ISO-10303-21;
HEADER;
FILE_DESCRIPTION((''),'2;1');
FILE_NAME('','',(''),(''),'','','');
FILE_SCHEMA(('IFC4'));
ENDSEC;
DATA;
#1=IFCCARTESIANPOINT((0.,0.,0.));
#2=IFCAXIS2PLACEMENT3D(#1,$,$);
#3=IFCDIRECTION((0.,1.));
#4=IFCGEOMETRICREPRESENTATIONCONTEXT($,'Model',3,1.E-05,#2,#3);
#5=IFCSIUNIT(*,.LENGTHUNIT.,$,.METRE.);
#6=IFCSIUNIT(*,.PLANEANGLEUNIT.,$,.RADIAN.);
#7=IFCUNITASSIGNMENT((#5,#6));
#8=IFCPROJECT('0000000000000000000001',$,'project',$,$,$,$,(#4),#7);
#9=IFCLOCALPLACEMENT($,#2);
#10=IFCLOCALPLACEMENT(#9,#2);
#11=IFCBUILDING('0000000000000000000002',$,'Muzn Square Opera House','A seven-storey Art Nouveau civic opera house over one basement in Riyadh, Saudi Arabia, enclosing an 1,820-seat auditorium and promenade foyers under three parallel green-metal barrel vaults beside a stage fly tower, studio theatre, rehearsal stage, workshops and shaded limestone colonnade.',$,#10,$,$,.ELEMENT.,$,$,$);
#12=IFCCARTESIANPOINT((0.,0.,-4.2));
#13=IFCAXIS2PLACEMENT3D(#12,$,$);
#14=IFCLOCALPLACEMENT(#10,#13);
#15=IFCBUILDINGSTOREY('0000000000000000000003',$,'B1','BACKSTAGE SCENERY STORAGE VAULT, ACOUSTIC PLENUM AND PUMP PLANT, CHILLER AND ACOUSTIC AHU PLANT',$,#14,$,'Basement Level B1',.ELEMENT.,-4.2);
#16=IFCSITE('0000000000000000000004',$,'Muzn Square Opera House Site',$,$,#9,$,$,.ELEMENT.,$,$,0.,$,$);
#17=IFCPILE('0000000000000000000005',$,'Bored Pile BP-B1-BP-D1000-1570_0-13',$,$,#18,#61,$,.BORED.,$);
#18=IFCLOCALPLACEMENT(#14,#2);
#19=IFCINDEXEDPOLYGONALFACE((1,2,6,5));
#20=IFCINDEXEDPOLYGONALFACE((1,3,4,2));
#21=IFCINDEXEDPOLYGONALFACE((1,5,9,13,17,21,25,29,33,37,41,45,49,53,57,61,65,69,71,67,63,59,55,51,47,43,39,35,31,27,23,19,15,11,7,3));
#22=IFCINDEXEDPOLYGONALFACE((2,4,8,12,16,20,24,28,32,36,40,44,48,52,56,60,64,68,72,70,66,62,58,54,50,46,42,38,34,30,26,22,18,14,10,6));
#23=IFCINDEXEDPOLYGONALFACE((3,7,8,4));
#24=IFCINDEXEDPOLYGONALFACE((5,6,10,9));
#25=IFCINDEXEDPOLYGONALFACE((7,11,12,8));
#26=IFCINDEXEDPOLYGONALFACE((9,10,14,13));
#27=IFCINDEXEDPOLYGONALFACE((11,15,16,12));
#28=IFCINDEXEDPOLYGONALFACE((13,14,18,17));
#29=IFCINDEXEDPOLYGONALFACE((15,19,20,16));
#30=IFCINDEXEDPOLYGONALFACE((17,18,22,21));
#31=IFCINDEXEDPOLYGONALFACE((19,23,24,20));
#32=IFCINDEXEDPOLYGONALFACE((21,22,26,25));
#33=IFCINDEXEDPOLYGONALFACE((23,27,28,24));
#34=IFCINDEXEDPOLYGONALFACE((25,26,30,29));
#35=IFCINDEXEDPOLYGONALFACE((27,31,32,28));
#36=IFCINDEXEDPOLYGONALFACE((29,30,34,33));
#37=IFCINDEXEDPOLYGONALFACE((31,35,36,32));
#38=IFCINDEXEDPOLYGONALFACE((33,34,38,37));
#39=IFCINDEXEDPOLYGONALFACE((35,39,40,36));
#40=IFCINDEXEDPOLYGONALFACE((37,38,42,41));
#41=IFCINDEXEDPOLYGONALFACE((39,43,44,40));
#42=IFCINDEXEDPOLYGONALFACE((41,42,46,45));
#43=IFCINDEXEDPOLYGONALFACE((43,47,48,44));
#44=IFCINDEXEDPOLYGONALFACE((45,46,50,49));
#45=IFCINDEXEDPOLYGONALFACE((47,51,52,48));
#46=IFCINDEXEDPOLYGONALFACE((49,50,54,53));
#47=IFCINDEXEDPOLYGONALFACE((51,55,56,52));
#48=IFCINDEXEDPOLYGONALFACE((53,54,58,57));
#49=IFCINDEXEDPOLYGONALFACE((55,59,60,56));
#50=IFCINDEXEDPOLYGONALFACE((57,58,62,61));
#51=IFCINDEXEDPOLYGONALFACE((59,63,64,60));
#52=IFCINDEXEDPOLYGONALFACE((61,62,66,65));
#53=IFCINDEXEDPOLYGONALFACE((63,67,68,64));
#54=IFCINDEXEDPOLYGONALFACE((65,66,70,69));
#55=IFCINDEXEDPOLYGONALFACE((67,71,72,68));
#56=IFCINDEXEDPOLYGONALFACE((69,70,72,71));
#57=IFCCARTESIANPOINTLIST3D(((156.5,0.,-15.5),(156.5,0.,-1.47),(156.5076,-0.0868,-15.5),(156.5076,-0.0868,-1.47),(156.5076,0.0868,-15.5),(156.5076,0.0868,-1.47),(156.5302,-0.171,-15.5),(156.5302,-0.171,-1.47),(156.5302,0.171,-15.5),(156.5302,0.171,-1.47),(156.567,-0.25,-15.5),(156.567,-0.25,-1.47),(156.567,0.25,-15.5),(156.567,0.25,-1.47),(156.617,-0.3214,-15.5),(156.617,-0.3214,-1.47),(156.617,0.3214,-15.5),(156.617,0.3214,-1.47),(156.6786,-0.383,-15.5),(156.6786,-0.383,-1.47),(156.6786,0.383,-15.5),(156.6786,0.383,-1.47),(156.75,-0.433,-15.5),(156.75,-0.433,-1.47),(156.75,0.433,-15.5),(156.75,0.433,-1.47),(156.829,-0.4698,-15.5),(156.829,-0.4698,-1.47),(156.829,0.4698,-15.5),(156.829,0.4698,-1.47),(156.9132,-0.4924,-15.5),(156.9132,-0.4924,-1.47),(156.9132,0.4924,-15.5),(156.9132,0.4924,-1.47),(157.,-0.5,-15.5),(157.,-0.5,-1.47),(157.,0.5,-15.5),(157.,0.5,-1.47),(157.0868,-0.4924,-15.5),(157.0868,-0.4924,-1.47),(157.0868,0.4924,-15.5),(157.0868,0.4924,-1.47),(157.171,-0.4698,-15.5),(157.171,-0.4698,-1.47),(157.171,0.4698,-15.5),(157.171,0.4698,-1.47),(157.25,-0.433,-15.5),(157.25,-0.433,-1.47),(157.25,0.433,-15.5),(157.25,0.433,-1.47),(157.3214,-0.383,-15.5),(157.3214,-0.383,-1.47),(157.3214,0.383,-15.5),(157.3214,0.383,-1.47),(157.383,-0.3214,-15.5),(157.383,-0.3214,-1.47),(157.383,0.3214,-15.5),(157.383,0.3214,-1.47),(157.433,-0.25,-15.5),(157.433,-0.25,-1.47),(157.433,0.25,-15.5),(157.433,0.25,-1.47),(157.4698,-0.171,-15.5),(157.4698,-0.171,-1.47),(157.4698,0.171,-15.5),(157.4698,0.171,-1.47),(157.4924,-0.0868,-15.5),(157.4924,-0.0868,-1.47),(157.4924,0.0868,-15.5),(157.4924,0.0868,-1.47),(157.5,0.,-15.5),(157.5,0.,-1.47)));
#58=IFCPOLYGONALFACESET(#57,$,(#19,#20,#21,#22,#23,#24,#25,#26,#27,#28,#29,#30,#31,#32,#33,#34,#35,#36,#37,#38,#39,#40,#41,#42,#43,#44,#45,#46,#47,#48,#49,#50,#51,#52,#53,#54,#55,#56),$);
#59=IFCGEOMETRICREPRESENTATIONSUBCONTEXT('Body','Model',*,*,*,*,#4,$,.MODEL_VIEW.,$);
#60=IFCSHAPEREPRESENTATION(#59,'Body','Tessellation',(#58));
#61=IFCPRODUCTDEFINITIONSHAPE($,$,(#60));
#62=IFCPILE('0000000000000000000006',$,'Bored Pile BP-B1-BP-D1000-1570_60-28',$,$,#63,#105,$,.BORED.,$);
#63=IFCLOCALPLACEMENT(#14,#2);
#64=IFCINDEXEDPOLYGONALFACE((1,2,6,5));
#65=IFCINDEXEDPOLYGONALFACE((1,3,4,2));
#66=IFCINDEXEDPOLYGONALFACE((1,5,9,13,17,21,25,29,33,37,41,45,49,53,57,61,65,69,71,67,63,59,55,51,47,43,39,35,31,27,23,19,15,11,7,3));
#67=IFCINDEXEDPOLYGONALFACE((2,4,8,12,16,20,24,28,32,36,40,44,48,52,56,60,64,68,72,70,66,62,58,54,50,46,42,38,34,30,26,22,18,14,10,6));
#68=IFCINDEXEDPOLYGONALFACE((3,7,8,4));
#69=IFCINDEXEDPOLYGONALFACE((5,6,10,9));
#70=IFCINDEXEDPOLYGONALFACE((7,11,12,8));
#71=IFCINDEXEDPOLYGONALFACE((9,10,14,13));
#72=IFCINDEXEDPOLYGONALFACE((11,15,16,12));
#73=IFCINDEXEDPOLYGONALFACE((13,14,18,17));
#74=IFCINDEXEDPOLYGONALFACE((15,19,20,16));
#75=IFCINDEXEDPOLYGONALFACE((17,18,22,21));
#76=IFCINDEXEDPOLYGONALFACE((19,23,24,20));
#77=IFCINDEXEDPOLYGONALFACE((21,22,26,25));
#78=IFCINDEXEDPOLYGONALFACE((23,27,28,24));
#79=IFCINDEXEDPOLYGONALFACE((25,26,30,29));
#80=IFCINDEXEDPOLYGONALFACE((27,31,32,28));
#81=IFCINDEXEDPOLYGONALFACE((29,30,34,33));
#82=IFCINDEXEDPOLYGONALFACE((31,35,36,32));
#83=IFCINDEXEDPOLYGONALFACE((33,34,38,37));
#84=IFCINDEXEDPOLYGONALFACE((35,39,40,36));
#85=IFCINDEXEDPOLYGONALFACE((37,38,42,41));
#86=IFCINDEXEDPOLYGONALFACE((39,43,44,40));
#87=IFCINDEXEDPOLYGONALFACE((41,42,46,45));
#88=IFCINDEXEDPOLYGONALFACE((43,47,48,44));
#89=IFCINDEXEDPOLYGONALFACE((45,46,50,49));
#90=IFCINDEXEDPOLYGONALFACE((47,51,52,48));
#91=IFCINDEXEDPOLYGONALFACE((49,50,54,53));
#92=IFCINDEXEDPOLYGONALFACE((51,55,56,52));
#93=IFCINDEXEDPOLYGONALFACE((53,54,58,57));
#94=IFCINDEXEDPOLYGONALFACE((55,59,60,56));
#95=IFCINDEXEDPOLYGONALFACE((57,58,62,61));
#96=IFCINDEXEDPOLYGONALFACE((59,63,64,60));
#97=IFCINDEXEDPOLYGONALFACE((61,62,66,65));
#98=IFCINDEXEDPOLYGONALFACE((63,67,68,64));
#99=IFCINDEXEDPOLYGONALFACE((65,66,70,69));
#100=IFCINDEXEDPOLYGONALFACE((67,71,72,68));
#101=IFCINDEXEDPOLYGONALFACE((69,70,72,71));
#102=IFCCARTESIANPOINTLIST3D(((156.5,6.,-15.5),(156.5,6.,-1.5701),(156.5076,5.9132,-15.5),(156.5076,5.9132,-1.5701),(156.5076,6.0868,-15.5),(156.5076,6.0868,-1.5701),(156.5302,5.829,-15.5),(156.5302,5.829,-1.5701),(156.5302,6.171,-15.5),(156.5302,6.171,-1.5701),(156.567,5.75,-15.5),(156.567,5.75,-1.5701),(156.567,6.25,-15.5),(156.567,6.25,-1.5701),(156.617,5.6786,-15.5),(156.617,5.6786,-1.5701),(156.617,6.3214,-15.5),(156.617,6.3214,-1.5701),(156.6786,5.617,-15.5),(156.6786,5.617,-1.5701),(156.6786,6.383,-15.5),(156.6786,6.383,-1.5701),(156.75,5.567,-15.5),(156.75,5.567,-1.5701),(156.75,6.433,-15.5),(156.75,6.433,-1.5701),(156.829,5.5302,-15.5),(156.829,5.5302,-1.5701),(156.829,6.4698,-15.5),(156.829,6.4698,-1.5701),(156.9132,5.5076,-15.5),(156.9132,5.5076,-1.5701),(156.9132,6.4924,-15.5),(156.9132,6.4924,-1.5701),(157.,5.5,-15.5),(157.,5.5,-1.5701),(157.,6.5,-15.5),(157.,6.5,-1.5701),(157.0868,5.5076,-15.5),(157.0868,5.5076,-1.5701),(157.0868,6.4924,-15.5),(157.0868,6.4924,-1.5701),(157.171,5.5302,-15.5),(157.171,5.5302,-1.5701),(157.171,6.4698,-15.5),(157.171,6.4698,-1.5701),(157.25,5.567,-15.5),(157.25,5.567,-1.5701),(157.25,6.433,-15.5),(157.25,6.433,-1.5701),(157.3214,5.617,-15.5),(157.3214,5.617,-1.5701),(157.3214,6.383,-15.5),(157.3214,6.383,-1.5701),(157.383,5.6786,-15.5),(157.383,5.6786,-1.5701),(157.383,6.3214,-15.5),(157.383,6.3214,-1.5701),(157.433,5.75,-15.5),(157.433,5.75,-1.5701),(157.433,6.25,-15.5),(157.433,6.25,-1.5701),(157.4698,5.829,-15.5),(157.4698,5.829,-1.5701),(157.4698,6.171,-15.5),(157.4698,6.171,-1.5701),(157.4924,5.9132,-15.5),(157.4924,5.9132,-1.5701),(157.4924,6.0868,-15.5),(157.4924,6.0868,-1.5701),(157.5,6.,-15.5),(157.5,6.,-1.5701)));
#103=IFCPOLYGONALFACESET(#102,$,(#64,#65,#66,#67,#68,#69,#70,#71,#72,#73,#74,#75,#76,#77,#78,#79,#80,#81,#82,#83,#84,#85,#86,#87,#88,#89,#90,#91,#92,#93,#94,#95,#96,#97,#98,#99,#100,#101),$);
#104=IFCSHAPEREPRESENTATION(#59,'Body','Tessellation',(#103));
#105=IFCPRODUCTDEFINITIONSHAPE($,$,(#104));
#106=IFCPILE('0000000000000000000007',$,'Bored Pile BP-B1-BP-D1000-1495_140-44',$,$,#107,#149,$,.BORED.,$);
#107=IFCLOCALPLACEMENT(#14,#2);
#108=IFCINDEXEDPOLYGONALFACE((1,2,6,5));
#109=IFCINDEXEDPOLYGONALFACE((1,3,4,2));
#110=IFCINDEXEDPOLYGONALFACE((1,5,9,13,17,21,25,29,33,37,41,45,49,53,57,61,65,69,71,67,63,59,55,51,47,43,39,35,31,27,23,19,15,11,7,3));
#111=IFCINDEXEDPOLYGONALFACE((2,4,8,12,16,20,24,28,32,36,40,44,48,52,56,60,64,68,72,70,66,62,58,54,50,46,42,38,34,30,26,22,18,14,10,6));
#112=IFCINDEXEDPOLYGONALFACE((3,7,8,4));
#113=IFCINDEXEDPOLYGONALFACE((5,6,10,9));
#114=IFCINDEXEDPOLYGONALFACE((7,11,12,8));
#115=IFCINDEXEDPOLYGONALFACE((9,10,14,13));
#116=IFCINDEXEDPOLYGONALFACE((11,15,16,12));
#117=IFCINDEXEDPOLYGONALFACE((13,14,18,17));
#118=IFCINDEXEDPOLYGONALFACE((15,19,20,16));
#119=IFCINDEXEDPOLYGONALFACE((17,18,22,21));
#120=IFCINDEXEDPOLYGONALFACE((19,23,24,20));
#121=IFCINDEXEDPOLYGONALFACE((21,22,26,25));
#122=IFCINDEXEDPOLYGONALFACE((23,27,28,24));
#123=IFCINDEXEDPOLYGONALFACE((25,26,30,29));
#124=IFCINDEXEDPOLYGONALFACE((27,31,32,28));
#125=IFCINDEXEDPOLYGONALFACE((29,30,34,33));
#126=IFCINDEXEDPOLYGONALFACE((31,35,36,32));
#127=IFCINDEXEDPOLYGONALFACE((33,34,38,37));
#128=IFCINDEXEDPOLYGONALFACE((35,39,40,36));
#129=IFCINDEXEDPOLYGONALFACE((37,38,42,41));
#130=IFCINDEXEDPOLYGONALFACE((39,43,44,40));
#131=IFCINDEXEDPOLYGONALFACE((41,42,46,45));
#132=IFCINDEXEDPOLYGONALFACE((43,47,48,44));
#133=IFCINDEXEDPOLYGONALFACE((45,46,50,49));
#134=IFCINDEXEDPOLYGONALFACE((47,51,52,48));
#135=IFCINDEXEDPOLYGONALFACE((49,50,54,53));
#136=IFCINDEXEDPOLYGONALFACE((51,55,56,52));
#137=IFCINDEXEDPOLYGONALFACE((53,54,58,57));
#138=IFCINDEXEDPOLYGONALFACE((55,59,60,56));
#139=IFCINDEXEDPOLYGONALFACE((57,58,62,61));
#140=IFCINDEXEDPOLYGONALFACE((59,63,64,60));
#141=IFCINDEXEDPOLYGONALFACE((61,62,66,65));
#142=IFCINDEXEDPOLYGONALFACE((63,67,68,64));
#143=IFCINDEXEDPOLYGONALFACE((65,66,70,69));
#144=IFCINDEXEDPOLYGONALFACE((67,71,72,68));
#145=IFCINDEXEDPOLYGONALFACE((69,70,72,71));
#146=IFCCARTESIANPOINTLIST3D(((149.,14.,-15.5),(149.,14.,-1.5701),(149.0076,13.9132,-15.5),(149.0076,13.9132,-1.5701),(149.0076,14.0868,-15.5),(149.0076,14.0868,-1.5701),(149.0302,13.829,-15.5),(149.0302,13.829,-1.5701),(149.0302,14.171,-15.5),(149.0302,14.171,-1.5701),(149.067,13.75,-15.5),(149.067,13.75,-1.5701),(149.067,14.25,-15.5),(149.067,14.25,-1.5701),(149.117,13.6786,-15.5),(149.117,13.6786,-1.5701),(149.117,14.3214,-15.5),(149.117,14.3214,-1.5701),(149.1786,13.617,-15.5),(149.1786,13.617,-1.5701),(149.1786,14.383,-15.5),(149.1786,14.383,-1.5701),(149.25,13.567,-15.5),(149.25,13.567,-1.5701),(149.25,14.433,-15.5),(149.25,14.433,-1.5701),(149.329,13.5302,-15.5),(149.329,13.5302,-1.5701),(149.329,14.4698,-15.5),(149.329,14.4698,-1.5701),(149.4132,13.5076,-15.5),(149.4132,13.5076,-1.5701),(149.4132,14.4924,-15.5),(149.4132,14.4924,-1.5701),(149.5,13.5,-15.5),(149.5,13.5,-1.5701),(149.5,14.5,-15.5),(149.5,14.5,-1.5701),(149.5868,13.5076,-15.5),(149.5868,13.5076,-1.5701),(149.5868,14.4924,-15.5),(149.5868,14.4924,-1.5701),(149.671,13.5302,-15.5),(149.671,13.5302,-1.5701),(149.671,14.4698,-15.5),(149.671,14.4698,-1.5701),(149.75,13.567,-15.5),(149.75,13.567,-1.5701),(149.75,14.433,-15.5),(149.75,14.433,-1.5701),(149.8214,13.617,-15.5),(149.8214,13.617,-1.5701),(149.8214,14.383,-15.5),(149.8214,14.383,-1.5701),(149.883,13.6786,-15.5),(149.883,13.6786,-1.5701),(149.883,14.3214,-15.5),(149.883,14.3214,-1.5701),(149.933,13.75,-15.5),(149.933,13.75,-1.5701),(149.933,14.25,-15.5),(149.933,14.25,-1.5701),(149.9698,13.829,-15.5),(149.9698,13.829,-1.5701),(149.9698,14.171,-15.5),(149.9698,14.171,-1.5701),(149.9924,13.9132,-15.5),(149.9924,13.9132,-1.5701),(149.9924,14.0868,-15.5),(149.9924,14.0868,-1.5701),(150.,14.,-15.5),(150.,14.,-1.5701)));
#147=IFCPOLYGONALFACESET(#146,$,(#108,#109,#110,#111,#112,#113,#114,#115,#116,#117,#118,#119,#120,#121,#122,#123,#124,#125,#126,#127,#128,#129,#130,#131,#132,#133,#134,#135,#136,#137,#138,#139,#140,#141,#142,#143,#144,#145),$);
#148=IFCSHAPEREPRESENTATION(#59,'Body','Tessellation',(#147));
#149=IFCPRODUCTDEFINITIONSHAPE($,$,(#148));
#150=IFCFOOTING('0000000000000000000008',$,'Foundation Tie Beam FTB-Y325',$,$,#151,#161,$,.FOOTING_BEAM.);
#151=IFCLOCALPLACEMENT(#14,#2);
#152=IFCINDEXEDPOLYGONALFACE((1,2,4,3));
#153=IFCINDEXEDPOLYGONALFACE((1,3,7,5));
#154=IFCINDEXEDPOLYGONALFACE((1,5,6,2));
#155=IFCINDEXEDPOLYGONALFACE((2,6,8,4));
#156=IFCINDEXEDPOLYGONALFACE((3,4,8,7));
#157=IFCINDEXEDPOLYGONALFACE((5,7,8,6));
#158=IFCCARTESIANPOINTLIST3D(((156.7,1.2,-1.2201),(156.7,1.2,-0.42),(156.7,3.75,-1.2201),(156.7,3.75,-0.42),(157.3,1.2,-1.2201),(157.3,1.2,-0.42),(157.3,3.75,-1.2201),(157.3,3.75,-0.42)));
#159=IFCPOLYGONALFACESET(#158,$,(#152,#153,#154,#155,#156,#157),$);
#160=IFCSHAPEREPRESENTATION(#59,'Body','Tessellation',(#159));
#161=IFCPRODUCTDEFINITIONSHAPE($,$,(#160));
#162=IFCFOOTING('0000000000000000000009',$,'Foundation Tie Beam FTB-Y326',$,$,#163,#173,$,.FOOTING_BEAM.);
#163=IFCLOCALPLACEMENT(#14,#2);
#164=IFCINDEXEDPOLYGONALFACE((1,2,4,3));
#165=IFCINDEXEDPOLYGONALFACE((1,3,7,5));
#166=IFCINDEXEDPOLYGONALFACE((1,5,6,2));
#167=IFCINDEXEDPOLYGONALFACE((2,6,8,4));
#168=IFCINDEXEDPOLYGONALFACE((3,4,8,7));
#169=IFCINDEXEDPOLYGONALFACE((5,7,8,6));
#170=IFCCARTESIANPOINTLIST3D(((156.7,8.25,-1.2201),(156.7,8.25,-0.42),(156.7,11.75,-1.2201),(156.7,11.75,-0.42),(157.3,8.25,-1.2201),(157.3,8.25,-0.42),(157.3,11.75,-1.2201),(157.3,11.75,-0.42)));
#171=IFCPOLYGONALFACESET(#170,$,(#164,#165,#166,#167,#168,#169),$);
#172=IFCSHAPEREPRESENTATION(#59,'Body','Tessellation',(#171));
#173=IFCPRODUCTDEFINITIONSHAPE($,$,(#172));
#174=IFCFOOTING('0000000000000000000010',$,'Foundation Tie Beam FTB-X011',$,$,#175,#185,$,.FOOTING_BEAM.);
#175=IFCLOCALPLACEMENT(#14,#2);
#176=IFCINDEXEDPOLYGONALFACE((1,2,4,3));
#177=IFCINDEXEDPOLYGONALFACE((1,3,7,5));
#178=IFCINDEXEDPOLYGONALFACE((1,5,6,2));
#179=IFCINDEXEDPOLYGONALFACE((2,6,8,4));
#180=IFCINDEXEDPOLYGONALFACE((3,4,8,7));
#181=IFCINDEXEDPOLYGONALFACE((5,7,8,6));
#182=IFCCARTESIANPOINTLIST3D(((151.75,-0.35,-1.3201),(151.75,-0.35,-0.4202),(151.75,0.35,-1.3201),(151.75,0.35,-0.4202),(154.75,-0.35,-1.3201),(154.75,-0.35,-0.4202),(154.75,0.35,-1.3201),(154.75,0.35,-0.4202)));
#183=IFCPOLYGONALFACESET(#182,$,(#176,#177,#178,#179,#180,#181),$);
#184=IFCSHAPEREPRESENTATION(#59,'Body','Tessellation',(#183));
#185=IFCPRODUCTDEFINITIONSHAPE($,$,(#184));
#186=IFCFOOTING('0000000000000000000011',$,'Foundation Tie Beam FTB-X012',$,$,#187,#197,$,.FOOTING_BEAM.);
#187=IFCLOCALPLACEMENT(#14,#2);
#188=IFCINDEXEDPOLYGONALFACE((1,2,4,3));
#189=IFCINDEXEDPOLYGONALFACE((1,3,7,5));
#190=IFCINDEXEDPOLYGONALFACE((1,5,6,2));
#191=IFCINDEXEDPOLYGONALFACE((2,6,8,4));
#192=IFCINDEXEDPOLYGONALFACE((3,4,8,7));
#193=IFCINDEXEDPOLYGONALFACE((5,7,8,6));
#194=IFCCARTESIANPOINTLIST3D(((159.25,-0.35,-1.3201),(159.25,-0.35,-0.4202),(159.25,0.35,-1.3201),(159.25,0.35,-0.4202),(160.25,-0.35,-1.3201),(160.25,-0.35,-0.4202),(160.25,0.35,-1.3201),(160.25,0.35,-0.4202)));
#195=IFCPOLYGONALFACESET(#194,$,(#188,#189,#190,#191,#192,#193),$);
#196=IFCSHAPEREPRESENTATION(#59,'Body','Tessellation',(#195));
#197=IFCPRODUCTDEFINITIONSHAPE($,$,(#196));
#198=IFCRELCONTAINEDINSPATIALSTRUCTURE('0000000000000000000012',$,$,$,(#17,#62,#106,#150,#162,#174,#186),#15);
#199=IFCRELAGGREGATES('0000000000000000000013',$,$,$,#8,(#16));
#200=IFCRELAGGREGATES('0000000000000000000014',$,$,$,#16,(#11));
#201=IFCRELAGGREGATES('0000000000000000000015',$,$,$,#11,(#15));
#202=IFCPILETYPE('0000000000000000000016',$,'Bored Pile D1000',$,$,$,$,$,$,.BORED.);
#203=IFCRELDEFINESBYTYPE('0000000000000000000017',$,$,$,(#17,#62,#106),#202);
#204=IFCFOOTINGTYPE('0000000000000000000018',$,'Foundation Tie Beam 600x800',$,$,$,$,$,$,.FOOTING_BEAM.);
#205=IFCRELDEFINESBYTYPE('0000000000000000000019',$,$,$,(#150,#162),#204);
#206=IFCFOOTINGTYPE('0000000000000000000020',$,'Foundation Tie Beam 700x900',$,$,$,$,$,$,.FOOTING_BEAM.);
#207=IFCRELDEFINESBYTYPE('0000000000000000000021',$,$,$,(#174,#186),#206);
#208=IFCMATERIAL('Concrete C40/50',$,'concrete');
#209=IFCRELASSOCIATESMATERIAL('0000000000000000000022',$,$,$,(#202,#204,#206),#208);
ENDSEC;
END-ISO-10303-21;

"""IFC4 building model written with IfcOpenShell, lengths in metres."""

from ifc_helpers import new_model, si_unit, direction, frame, origin, origin_2d, place, context, subcontext, project, spatial, rectangle, circle, extrude, material, material_profile, profile_set, type_object, element, save


model = new_model("IFC4")

# Units and contexts
model_context = context("Model", 3, precision=1e-05, world=origin(), true_north=direction((0.0, 1.0)))
body_context = subcontext(model_context, "Body", "Model", "MODEL_VIEW")
ifc_project = project(units=[si_unit("LENGTHUNIT", "METRE"), si_unit("PLANEANGLEUNIT", "RADIAN")], contexts=[model_context])

# Site, building, storey
site_placement = place(None, origin())
site = spatial("IfcSite", under=ifc_project, at=site_placement, Name="Muzn Square Opera House Site", CompositionType="ELEMENT", RefElevation=0.0)
building_placement = place(site_placement, origin())
building = spatial("IfcBuilding", under=site, at=building_placement, Name="Muzn Square Opera House", Description="A seven-storey Art Nouveau civic opera house over one basement in Riyadh, Saudi Arabia, enclosing an 1,820-seat auditorium and promenade foyers under three parallel green-metal barrel vaults beside a stage fly tower, studio theatre, rehearsal stage, workshops and shaded limestone colonnade.", CompositionType="ELEMENT")
storey_placement = place(building_placement, frame((0.0, 0.0, -4.2)))
storey = spatial("IfcBuildingStorey", under=building, at=storey_placement, Name="B1", Description="BACKSTAGE SCENERY STORAGE VAULT, ACOUSTIC PLENUM AND PUMP PLANT, CHILLER AND ACOUSTIC AHU PLANT", LongName="Basement Level B1", CompositionType="ELEMENT", Elevation=-4.2)

# Piles
ifc_material_1 = material(Name="Concrete C40/50", Category="concrete")
ifc_material_profile_1 = material_profile(ifc_material_1, circle(Radius=0.5, at=origin_2d()), Name="BORED PILE D1000", Category="concrete")
ifc_profile_set_1 = profile_set([ifc_material_profile_1], Name="Concrete C40/50")
pile_type = type_object("IfcPileType", Name="Bored Pile D1000", PredefinedType="BORED", material=ifc_profile_set_1)
pile_placement = place(storey_placement, frame((157.0, 0.0, -1.47), z_axis=(0.0, 0.0, -1.0), x_axis=(1.0, 0.0, 0.0)))
element("IfcPile", 1, at=pile_placement, inside=storey, type_object=pile_type, Name="Bored Pile BP-B1-BP-D1000-1570_0-13", PredefinedType="BORED", context=body_context, shape_type="SweptSolid", body=[
    extrude(circle(Radius=0.5, at=origin_2d()), origin(), (0.0, 0.0, 1.0), 14.03),
])
for number, where, z_axis, x_axis, name in (
    (2, (157.0, 6.0, -1.5701), (0.0, 0.0, -1.0), (1.0, 0.0, 0.0), "Bored Pile BP-B1-BP-D1000-1570_60-28"),
    (3, (149.5, 14.0, -1.5701), (0.0, 0.0, -1.0), (1.0, 0.0, 0.0), "Bored Pile BP-B1-BP-D1000-1495_140-44"),
):
    element("IfcPile", number, at=place(storey_placement, frame(where, z_axis=z_axis, x_axis=x_axis)), inside=storey, type_object=pile_type, Name=name, PredefinedType="BORED", context=body_context, shape_type="SweptSolid", body=[
        extrude(circle(Radius=0.5, at=origin_2d()), origin(), (0.0, 0.0, 1.0), 13.9299),
    ])

# Footings
ifc_material_profile_2 = material_profile(ifc_material_1, rectangle(XDim=0.6001, YDim=0.8, at=origin_2d()), Name="RCTB 600x800", Category="concrete")
ifc_profile_set_2 = profile_set([ifc_material_profile_2], Name="Concrete C40/50")
footing_type_1 = type_object("IfcFootingType", Name="Foundation Tie Beam 600x800", PredefinedType="FOOTING_BEAM", material=ifc_profile_set_2)
footing_1_placement = place(storey_placement, frame((157.0, 1.2, -0.8201), z_axis=(0.0, 1.0, 0.0), x_axis=(-1.0, 0.0, 0.0)))
element("IfcFooting", 4, at=footing_1_placement, inside=storey, type_object=footing_type_1, Name="Foundation Tie Beam FTB-Y325", PredefinedType="FOOTING_BEAM", context=body_context, shape_type="SweptSolid", body=[
    extrude(rectangle(XDim=0.6001, YDim=0.8, at=origin_2d()), origin(), (0.0, 0.0, 1.0), 2.55),
])
footing_2_placement = place(storey_placement, frame((157.0, 8.25, -0.8201), z_axis=(0.0, 1.0, 0.0), x_axis=(-1.0, 0.0, 0.0)))
element("IfcFooting", 5, at=footing_2_placement, inside=storey, type_object=footing_type_1, Name="Foundation Tie Beam FTB-Y326", PredefinedType="FOOTING_BEAM", context=body_context, shape_type="SweptSolid", body=[
    extrude(rectangle(XDim=0.6001, YDim=0.8, at=origin_2d()), origin(), (0.0, 0.0, 1.0), 3.5),
])
ifc_material_profile_3 = material_profile(ifc_material_1, rectangle(XDim=0.7, YDim=0.8999, at=origin_2d()), Name="RCTB 700x900", Category="concrete")
ifc_profile_set_3 = profile_set([ifc_material_profile_3], Name="Concrete C40/50")
footing_type_2 = type_object("IfcFootingType", Name="Foundation Tie Beam 700x900", PredefinedType="FOOTING_BEAM", material=ifc_profile_set_3)
footing_3_placement = place(storey_placement, frame((151.75, 0.0, -0.8701), z_axis=(1.0, 0.0, 0.0), x_axis=(0.0, 1.0, 0.0)))
element("IfcFooting", 6, at=footing_3_placement, inside=storey, type_object=footing_type_2, Name="Foundation Tie Beam FTB-X011", PredefinedType="FOOTING_BEAM", context=body_context, shape_type="SweptSolid", body=[
    extrude(rectangle(XDim=0.7, YDim=0.8999, at=origin_2d()), origin(), (0.0, 0.0, 1.0), 3.0),
])
footing_4_placement = place(storey_placement, frame((159.25, 0.0, -0.8701), z_axis=(1.0, 0.0, 0.0), x_axis=(0.0, 1.0, 0.0)))
element("IfcFooting", 7, at=footing_4_placement, inside=storey, type_object=footing_type_2, Name="Foundation Tie Beam FTB-X012", PredefinedType="FOOTING_BEAM", context=body_context, shape_type="SweptSolid", body=[
    extrude(rectangle(XDim=0.7, YDim=0.8999, at=origin_2d()), origin(), (0.0, 0.0, 1.0), 1.0),
])

save(model, "model.ifc")
